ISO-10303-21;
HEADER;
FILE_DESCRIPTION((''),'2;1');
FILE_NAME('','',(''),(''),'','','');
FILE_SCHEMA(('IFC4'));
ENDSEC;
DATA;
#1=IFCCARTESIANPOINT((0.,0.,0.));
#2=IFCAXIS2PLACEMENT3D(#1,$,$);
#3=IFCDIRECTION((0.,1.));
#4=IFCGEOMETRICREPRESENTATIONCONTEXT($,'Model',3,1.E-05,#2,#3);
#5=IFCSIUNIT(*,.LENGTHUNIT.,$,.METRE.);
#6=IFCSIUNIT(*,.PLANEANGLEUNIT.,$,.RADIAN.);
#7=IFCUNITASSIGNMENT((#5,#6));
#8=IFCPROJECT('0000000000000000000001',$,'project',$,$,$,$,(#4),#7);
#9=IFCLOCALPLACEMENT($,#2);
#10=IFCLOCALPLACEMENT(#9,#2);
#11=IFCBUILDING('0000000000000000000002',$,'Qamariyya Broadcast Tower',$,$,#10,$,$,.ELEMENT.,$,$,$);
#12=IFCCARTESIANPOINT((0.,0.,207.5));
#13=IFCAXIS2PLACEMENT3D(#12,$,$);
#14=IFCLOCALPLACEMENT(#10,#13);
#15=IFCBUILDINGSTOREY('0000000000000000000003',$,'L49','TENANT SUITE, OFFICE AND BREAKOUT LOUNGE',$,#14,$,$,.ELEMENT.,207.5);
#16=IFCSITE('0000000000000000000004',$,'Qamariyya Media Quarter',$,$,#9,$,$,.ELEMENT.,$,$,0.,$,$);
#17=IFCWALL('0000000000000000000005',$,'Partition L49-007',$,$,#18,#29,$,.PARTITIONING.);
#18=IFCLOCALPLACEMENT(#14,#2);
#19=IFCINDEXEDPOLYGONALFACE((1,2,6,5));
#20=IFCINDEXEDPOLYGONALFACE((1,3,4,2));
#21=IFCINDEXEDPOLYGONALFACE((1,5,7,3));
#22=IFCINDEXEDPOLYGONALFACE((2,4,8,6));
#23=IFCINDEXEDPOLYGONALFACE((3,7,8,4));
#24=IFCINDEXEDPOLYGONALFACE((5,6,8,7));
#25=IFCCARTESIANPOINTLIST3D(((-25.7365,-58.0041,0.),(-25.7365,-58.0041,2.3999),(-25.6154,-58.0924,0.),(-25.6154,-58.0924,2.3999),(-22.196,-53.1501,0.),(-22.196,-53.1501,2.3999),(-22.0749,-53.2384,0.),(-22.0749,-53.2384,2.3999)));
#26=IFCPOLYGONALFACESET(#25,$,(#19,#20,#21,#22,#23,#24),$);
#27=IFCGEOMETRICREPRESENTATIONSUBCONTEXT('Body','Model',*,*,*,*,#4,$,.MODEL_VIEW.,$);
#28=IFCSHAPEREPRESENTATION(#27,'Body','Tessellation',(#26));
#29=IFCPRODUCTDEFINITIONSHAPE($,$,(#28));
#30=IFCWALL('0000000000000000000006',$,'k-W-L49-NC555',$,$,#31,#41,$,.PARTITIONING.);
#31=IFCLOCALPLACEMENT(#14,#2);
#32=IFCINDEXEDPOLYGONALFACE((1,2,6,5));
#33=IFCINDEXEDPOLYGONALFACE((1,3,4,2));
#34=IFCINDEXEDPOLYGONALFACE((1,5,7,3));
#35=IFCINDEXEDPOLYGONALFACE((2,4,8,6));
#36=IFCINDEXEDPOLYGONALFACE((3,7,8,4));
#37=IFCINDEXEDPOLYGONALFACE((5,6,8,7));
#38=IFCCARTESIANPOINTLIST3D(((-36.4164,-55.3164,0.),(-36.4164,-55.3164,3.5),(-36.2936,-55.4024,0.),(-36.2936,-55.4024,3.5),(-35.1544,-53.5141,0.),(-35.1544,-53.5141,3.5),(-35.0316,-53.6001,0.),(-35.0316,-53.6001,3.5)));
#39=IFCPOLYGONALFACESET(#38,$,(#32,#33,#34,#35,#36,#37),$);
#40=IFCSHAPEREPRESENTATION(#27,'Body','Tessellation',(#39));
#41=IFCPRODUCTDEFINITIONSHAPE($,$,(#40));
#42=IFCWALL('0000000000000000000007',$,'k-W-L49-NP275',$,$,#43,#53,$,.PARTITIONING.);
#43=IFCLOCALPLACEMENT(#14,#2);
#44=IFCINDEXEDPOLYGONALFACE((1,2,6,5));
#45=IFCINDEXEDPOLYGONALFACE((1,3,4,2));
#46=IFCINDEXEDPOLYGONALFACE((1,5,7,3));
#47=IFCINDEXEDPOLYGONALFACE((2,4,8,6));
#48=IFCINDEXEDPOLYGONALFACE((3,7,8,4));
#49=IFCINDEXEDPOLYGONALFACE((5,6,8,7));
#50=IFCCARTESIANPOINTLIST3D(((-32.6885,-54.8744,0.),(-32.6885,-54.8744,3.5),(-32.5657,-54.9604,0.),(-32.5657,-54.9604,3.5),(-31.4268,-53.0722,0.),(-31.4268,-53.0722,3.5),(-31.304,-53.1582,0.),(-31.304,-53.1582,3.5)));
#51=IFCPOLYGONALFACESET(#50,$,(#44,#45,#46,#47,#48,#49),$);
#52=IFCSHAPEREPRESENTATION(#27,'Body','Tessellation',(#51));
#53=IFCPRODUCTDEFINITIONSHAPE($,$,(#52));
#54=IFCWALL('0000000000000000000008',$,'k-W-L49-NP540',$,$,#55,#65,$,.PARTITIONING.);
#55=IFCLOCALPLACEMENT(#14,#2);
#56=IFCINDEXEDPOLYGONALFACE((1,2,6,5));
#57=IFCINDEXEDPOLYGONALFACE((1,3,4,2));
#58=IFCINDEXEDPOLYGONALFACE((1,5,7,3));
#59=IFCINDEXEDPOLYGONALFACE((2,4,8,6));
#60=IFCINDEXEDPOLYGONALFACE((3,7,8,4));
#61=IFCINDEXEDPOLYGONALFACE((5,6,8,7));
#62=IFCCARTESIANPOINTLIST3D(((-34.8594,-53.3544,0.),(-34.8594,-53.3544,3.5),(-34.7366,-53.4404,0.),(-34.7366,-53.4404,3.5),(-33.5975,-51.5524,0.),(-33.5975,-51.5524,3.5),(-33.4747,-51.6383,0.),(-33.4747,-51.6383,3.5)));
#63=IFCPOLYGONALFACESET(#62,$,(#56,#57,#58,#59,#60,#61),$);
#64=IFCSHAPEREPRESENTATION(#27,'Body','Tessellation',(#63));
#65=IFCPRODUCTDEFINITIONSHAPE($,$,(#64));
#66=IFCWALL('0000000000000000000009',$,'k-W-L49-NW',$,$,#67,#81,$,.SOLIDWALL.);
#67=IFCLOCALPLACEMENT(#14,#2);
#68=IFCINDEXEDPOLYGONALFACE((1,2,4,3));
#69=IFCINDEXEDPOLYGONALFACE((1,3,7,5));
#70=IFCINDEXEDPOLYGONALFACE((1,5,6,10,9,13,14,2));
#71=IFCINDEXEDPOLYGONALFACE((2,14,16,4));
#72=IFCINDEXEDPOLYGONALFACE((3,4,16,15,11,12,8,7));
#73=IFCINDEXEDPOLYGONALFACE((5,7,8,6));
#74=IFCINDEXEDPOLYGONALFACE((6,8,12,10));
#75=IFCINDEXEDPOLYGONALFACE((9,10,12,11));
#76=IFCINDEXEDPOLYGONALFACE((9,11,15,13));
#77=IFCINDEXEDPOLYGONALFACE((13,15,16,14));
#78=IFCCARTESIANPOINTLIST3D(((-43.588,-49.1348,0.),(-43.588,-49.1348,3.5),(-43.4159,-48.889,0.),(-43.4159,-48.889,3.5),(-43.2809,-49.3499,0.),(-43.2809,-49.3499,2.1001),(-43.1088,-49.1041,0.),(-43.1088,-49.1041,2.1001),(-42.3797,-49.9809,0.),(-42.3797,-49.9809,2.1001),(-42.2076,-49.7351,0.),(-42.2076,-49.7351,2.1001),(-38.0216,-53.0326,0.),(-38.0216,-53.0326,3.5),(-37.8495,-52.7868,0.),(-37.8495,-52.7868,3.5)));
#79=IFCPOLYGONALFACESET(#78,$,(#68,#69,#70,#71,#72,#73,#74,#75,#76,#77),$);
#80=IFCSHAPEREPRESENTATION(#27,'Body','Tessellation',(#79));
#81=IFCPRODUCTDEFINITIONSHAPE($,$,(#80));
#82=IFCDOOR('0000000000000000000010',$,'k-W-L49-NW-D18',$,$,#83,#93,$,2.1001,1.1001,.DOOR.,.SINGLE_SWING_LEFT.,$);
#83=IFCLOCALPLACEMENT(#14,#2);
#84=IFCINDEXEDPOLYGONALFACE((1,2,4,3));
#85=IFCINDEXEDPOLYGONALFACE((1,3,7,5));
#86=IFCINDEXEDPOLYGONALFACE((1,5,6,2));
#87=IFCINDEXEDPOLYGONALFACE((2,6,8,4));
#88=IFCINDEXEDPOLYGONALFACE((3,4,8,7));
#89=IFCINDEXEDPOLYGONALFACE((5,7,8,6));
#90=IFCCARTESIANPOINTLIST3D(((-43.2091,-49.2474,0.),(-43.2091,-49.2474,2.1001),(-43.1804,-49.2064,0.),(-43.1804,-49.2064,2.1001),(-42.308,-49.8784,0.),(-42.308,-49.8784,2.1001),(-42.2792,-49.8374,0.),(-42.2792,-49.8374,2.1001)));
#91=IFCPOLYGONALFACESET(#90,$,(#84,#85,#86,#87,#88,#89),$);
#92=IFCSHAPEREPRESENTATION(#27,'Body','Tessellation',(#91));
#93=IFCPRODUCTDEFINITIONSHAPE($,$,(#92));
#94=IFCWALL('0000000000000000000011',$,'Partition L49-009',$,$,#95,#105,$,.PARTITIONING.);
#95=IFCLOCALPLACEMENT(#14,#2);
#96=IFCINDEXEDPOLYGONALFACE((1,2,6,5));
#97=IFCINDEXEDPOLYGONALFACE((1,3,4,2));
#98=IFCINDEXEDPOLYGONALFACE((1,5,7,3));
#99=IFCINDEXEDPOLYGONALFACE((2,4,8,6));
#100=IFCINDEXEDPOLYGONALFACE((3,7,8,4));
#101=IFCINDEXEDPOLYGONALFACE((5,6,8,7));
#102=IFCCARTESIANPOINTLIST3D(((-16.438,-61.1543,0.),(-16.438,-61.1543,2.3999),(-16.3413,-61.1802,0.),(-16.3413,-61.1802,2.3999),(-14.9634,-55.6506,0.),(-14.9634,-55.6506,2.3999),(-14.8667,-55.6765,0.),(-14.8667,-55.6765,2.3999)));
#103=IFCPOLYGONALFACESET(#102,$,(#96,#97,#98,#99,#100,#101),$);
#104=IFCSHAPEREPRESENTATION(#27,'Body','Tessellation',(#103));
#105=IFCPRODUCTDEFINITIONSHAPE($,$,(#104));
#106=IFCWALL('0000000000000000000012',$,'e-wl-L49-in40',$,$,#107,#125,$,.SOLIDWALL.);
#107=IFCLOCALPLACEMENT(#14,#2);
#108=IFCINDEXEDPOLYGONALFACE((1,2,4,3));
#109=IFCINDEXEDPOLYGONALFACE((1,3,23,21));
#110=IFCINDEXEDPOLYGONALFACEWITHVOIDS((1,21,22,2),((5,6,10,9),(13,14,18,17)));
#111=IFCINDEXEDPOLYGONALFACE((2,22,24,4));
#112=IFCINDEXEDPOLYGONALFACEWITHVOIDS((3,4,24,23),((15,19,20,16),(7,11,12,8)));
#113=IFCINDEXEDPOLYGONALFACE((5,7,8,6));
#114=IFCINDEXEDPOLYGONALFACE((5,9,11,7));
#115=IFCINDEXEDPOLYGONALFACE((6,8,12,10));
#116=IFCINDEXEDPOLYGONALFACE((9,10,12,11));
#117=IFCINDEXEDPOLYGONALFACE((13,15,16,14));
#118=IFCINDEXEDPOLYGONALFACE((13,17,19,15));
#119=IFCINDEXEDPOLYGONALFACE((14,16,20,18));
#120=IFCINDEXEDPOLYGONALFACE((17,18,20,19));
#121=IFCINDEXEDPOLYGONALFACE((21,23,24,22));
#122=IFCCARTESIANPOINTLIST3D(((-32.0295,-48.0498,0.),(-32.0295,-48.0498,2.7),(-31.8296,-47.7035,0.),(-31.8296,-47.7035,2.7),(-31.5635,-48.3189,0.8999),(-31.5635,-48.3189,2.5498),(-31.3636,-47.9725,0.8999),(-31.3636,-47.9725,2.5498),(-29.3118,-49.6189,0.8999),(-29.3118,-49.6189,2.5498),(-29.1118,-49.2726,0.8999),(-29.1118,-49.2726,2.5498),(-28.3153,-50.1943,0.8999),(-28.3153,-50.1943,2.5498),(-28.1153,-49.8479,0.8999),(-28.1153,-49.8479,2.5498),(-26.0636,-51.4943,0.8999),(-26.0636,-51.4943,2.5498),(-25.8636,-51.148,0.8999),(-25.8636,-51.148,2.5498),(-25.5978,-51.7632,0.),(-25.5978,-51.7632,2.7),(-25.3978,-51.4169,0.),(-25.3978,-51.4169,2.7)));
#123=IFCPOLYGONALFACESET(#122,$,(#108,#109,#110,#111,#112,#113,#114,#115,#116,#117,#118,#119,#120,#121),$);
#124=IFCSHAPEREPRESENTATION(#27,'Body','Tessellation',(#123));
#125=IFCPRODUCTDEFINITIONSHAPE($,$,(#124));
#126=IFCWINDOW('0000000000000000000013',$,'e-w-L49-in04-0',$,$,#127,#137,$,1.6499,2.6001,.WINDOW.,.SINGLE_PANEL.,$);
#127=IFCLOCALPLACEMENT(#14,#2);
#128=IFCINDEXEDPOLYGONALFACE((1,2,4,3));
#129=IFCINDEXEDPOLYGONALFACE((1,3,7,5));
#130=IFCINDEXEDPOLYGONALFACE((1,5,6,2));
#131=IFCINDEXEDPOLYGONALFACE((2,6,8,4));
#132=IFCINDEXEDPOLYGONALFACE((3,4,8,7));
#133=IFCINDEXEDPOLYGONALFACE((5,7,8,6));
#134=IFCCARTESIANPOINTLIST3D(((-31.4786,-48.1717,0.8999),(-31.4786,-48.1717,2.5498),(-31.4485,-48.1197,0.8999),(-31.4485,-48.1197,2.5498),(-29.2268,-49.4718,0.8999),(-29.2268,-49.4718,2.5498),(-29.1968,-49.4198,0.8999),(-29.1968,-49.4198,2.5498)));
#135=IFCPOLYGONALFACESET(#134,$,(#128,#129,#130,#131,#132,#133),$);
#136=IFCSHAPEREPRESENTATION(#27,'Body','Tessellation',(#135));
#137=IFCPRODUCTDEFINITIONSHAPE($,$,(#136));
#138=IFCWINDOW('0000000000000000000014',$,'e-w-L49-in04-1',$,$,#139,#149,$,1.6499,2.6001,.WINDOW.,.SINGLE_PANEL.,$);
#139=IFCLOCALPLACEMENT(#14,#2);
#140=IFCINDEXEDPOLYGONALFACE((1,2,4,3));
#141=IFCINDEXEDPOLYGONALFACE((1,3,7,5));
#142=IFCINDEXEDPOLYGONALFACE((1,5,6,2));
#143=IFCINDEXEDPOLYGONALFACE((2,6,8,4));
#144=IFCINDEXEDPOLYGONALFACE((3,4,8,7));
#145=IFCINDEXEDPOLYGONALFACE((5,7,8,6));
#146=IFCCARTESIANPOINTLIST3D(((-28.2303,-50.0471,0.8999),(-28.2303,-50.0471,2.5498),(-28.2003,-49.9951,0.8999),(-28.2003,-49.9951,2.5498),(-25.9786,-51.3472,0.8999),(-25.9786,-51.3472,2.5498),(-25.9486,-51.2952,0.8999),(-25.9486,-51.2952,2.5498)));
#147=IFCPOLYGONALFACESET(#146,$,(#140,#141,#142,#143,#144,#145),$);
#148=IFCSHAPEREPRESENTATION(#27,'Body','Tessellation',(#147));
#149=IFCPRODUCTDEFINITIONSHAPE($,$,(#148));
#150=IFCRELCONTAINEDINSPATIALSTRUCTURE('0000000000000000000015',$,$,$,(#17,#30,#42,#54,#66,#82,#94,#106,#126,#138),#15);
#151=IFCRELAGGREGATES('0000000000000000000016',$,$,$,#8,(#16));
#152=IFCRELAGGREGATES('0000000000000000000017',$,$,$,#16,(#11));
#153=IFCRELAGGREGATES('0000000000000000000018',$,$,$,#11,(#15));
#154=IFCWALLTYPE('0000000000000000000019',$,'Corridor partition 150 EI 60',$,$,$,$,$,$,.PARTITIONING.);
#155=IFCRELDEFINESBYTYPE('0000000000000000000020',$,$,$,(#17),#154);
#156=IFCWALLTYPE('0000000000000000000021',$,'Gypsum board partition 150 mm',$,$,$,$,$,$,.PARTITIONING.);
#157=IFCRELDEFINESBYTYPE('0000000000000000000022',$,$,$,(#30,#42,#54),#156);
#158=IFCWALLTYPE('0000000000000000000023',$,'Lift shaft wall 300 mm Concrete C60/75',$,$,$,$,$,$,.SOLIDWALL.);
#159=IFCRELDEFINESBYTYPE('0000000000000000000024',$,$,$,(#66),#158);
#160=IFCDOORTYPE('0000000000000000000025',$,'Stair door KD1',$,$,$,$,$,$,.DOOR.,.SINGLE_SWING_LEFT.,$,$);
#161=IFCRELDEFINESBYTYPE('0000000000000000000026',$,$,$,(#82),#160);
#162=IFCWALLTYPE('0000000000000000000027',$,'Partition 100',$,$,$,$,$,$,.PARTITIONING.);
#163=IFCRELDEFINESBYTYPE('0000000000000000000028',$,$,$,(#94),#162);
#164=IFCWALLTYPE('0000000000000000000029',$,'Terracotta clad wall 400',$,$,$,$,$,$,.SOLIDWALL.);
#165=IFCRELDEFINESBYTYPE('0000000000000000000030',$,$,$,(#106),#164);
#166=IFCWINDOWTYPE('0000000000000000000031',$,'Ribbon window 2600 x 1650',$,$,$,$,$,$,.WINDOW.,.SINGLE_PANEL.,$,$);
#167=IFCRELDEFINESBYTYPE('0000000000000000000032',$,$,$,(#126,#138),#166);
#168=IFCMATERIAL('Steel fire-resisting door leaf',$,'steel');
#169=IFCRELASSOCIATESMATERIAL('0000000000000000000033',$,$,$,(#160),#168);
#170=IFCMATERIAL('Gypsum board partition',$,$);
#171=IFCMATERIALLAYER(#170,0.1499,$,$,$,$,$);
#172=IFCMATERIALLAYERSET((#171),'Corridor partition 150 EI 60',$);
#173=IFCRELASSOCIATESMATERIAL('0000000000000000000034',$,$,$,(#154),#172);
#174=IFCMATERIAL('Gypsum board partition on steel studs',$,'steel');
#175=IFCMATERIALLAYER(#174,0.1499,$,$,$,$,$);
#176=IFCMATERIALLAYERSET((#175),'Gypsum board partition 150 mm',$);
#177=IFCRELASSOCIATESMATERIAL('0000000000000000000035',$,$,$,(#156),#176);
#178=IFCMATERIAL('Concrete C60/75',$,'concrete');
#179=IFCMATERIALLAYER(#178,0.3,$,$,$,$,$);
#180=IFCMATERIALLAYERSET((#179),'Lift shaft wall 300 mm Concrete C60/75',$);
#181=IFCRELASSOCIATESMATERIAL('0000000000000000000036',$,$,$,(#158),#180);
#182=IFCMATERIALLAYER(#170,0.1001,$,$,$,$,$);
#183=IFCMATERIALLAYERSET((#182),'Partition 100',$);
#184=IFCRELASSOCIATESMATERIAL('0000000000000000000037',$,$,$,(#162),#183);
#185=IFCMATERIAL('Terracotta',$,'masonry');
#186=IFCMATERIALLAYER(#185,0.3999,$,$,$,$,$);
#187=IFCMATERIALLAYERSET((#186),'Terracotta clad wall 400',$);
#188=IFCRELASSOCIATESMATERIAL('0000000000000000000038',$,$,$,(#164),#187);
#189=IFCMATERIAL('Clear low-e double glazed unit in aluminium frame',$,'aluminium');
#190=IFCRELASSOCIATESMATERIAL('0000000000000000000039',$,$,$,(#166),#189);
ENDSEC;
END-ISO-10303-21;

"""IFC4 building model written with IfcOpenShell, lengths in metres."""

from ifc_helpers import new_model, si_unit, direction, frame, frame_2d, origin, place, context, subcontext, project, spatial, rectangle, extrude, material, layer, layer_set, type_object, element, fill, save


model = new_model("IFC4")

# Units and contexts
model_context = context("Model", 3, precision=1e-05, world=origin(), true_north=direction((0.0, 1.0)))
body_context = subcontext(model_context, "Body", "Model", "MODEL_VIEW")
ifc_project = project(units=[si_unit("LENGTHUNIT", "METRE"), si_unit("PLANEANGLEUNIT", "RADIAN")], contexts=[model_context])

# Site, building, storey
site_placement = place(None, origin())
site = spatial("IfcSite", under=ifc_project, at=site_placement, Name="Qamariyya Media Quarter", CompositionType="ELEMENT", RefElevation=0.0)
building_placement = place(site_placement, origin())
building = spatial("IfcBuilding", under=site, at=building_placement, Name="Qamariyya Broadcast Tower", CompositionType="ELEMENT")
storey_placement = place(building_placement, frame((0.0, 0.0, 207.5)))
storey = spatial("IfcBuildingStorey", under=building, at=storey_placement, Name="L49", Description="TENANT SUITE, OFFICE AND BREAKOUT LOUNGE", CompositionType="ELEMENT", Elevation=207.5)

# Shared definitions
ifc_material_1 = material(Name="Concrete C60/75", Category="concrete")

# Shared definitions
ifc_material_2 = material(Name="Steel fire-resisting door leaf", Category="steel")
door_type_1 = type_object("IfcDoorType", Name="Stair door KD1", OperationType="SINGLE_SWING_LEFT", PredefinedType="DOOR", material=ifc_material_2)

# Walls
ifc_material_3 = material(Name="Gypsum board partition")
ifc_layer_1 = layer(ifc_material_3, 0.1499)
ifc_layer_set_1 = layer_set([ifc_layer_1], Name="Corridor partition 150 EI 60")
wall_type_1 = type_object("IfcWallType", Name="Corridor partition 150 EI 60", PredefinedType="PARTITIONING", material=ifc_layer_set_1)
wall_1_placement = place(storey_placement, frame((-22.1355, -53.1943, 0.0), z_axis=(0.0, 0.0, 1.0), x_axis=(-0.589297, -0.807916, 0.0)))
element("IfcWall", 1, at=wall_1_placement, inside=storey, type_object=wall_type_1, Name="Partition L49-007", PredefinedType="PARTITIONING", context=body_context, shape_type="SweptSolid", body=[
    extrude(rectangle(XDim=6.0081, YDim=0.1499, at=frame_2d((3.0039, 0.0))), origin(), (0.0, 0.0, 1.0), 2.3999),
])
ifc_material_4 = material(Name="Gypsum board partition on steel studs", Category="steel")
ifc_layer_2 = layer(ifc_material_4, 0.1499)
ifc_layer_set_2 = layer_set([ifc_layer_2], Name="Gypsum board partition 150 mm")
wall_type_2 = type_object("IfcWallType", Name="Gypsum board partition 150 mm", PredefinedType="PARTITIONING", material=ifc_layer_set_2)
wall_2_placement = place(storey_placement, frame((-36.355, -55.3594, 0.0), z_axis=(0.0, 0.0, 1.0), x_axis=(0.573581, 0.819149, 0.0)))
element("IfcWall", 2, at=wall_2_placement, inside=storey, type_object=wall_type_2, Name="k-W-L49-NC555", PredefinedType="PARTITIONING", context=body_context, shape_type="SweptSolid", body=[
    extrude(rectangle(XDim=2.2002, YDim=0.1499, at=frame_2d((1.1001, 0.0))), origin(), (0.0, 0.0, 1.0), 3.5),
])
for number, where, z_axis, x_axis, name in (
    (3, (-32.6272, -54.9175, 0.0), (0.0, 0.0, 1.0), (0.573507, 0.819201, 0.0), "k-W-L49-NP275"),
    (4, (-34.7981, -53.3975, 0.0), (0.0, 0.0, 1.0), (0.573634, 0.819112, 0.0), "k-W-L49-NP540"),
):
    element("IfcWall", number, at=place(storey_placement, frame(where, z_axis=z_axis, x_axis=x_axis)), inside=storey, type_object=wall_type_2, Name=name, PredefinedType="PARTITIONING", context=body_context, shape_type="SweptSolid", body=[
        extrude(rectangle(XDim=2.2, YDim=0.1499, at=frame_2d((1.1001, 0.0))), origin(), (0.0, 0.0, 1.0), 3.5),
    ])

# Wall, opening, door
ifc_layer_3 = layer(ifc_material_1, 0.3)
ifc_layer_set_3 = layer_set([ifc_layer_3], Name="Lift shaft wall 300 mm Concrete C60/75")
wall_type_3 = type_object("IfcWallType", Name="Lift shaft wall 300 mm Concrete C60/75", PredefinedType="SOLIDWALL", material=ifc_layer_set_3)
wall_3_placement = place(storey_placement, frame((-37.9355, -52.9097, 0.0), z_axis=(0.0, 0.0, 1.0), x_axis=(-0.819148, 0.573583, 0.0)))
wall_3 = element("IfcWall", 5, at=wall_3_placement, inside=storey, type_object=wall_type_3, Name="k-W-L49-NW", PredefinedType="SOLIDWALL", context=body_context, shape_type="SweptSolid", body=[
    extrude(rectangle(XDim=6.7954, YDim=0.3, at=frame_2d((3.3977, 0.0))), origin(), (0.0, 0.0, 1.0), 3.5),
])
opening_1_placement = place(wall_3_placement, frame((5.3203, 0.0, 0.0)))
opening_1 = element("IfcOpeningElement", 6, at=opening_1_placement, cuts=wall_3, PredefinedType="OPENING", context=body_context, shape_type="SweptSolid", body=[
    extrude(rectangle(XDim=1.1001, YDim=2.1001, at=frame_2d((0.55, 1.05))), frame((0.0, 0.1599, 0.0), z_axis=(0.0, -1.0, 0.0), x_axis=(1.0, 0.0, 0.0)), (0.0, 0.0, 1.0), 0.3201),
])
door_1_placement = place(opening_1_placement, origin())
door_1 = element("IfcDoor", 7, at=door_1_placement, inside=storey, type_object=door_type_1, Name="k-W-L49-NW-D18", OperationType="SINGLE_SWING_LEFT", OverallHeight=2.1001, OverallWidth=1.1001, PredefinedType="DOOR", context=body_context, shape_type="SweptSolid", body=[
    extrude(rectangle(XDim=1.1001, YDim=2.1001, at=frame_2d((0.55, 1.05))), frame((0.0, 0.0249, 0.0), z_axis=(0.0, -1.0, 0.0), x_axis=(1.0, 0.0, 0.0)), (0.0, 0.0, 1.0), 0.05),
])
fill(opening_1, door_1)

# Wall
ifc_layer_4 = layer(ifc_material_3, 0.1001)
ifc_layer_set_4 = layer_set([ifc_layer_4], Name="Partition 100")
wall_type_4 = type_object("IfcWallType", Name="Partition 100", PredefinedType="PARTITIONING", material=ifc_layer_set_4)
wall_4_placement = place(storey_placement, frame((-14.915, -55.6636, 0.0), z_axis=(0.0, 0.0, 1.0), x_axis=(-0.258804, -0.96593, 0.0)))
element("IfcWall", 8, at=wall_4_placement, inside=storey, type_object=wall_type_4, Name="Partition L49-009", PredefinedType="PARTITIONING", context=body_context, shape_type="SweptSolid", body=[
    extrude(rectangle(XDim=5.6978, YDim=0.1001, at=frame_2d((2.8489, 0.0))), origin(), (0.0, 0.0, 1.0), 2.3999),
])

# Wall, openings, windows
ifc_material_5 = material(Name="Terracotta", Category="masonry")
ifc_layer_5 = layer(ifc_material_5, 0.3999)
ifc_layer_set_5 = layer_set([ifc_layer_5], Name="Terracotta clad wall 400")
wall_type_5 = type_object("IfcWallType", Name="Terracotta clad wall 400", PredefinedType="SOLIDWALL", material=ifc_layer_set_5)
wall_5_placement = place(storey_placement, frame((-25.4978, -51.5901, 0.0), z_axis=(0.0, 0.0, 1.0), x_axis=(-0.866021, 0.500007, 0.0)))
wall_5 = element("IfcWall", 9, at=wall_5_placement, inside=storey, type_object=wall_type_5, Name="e-wl-L49-in40", PredefinedType="SOLIDWALL", context=body_context, shape_type="SweptSolid", body=[
    extrude(rectangle(XDim=7.4268, YDim=0.3999, at=frame_2d((3.7134, 0.0))), origin(), (0.0, 0.0, 1.0), 2.7),
])
opening_2_placement = place(wall_5_placement, frame((4.2886, 0.0, 0.8999)))
opening_2 = element("IfcOpeningElement", 10, at=opening_2_placement, cuts=wall_5, PredefinedType="OPENING", context=body_context, shape_type="SweptSolid", body=[
    extrude(rectangle(XDim=2.6001, YDim=1.6499, at=frame_2d((1.3, 0.825))), frame((0.0, 0.21, 0.0), z_axis=(0.0, -1.0, 0.0), x_axis=(1.0, 0.0, 0.0)), (0.0, 0.0, 1.0), 0.4199),
])
opening_3_placement = place(wall_5_placement, frame((0.5378, 0.0, 0.8999)))
opening_3 = element("IfcOpeningElement", 11, at=opening_3_placement, cuts=wall_5, PredefinedType="OPENING", context=body_context, shape_type="SweptSolid", body=[
    extrude(rectangle(XDim=2.6001, YDim=1.6499, at=frame_2d((1.3, 0.825))), frame((0.0, 0.21, 0.0), z_axis=(0.0, -1.0, 0.0), x_axis=(1.0, 0.0, 0.0)), (0.0, 0.0, 1.0), 0.4199),
])
ifc_material_6 = material(Name="Clear low-e double glazed unit in aluminium frame", Category="aluminium")
window_type = type_object("IfcWindowType", Name="Ribbon window 2600 x 1650", PartitioningType="SINGLE_PANEL", PredefinedType="WINDOW", material=ifc_material_6)
window_1_placement = place(opening_2_placement, origin())
window_1 = element("IfcWindow", 12, at=window_1_placement, inside=storey, type_object=window_type, Name="e-w-L49-in04-0", OverallHeight=1.6499, OverallWidth=2.6001, PartitioningType="SINGLE_PANEL", PredefinedType="WINDOW", context=body_context, shape_type="SweptSolid", body=[
    extrude(rectangle(XDim=2.6001, YDim=1.6499, at=frame_2d((1.3, 0.825))), frame((0.0, 0.03, 0.0), z_axis=(0.0, -1.0, 0.0), x_axis=(1.0, 0.0, 0.0)), (0.0, 0.0, 1.0), 0.0601),
])
fill(opening_2, window_1)
window_2_placement = place(opening_3_placement, origin())
window_2 = element("IfcWindow", 13, at=window_2_placement, inside=storey, type_object=window_type, Name="e-w-L49-in04-1", OverallHeight=1.6499, OverallWidth=2.6001, PartitioningType="SINGLE_PANEL", PredefinedType="WINDOW", context=body_context, shape_type="SweptSolid", body=[
    extrude(rectangle(XDim=2.6001, YDim=1.6499, at=frame_2d((1.3, 0.825))), frame((0.0, 0.03, 0.0), z_axis=(0.0, -1.0, 0.0), x_axis=(1.0, 0.0, 0.0)), (0.0, 0.0, 1.0), 0.0601),
])
fill(opening_3, window_2)

save(model, "model.ifc")
